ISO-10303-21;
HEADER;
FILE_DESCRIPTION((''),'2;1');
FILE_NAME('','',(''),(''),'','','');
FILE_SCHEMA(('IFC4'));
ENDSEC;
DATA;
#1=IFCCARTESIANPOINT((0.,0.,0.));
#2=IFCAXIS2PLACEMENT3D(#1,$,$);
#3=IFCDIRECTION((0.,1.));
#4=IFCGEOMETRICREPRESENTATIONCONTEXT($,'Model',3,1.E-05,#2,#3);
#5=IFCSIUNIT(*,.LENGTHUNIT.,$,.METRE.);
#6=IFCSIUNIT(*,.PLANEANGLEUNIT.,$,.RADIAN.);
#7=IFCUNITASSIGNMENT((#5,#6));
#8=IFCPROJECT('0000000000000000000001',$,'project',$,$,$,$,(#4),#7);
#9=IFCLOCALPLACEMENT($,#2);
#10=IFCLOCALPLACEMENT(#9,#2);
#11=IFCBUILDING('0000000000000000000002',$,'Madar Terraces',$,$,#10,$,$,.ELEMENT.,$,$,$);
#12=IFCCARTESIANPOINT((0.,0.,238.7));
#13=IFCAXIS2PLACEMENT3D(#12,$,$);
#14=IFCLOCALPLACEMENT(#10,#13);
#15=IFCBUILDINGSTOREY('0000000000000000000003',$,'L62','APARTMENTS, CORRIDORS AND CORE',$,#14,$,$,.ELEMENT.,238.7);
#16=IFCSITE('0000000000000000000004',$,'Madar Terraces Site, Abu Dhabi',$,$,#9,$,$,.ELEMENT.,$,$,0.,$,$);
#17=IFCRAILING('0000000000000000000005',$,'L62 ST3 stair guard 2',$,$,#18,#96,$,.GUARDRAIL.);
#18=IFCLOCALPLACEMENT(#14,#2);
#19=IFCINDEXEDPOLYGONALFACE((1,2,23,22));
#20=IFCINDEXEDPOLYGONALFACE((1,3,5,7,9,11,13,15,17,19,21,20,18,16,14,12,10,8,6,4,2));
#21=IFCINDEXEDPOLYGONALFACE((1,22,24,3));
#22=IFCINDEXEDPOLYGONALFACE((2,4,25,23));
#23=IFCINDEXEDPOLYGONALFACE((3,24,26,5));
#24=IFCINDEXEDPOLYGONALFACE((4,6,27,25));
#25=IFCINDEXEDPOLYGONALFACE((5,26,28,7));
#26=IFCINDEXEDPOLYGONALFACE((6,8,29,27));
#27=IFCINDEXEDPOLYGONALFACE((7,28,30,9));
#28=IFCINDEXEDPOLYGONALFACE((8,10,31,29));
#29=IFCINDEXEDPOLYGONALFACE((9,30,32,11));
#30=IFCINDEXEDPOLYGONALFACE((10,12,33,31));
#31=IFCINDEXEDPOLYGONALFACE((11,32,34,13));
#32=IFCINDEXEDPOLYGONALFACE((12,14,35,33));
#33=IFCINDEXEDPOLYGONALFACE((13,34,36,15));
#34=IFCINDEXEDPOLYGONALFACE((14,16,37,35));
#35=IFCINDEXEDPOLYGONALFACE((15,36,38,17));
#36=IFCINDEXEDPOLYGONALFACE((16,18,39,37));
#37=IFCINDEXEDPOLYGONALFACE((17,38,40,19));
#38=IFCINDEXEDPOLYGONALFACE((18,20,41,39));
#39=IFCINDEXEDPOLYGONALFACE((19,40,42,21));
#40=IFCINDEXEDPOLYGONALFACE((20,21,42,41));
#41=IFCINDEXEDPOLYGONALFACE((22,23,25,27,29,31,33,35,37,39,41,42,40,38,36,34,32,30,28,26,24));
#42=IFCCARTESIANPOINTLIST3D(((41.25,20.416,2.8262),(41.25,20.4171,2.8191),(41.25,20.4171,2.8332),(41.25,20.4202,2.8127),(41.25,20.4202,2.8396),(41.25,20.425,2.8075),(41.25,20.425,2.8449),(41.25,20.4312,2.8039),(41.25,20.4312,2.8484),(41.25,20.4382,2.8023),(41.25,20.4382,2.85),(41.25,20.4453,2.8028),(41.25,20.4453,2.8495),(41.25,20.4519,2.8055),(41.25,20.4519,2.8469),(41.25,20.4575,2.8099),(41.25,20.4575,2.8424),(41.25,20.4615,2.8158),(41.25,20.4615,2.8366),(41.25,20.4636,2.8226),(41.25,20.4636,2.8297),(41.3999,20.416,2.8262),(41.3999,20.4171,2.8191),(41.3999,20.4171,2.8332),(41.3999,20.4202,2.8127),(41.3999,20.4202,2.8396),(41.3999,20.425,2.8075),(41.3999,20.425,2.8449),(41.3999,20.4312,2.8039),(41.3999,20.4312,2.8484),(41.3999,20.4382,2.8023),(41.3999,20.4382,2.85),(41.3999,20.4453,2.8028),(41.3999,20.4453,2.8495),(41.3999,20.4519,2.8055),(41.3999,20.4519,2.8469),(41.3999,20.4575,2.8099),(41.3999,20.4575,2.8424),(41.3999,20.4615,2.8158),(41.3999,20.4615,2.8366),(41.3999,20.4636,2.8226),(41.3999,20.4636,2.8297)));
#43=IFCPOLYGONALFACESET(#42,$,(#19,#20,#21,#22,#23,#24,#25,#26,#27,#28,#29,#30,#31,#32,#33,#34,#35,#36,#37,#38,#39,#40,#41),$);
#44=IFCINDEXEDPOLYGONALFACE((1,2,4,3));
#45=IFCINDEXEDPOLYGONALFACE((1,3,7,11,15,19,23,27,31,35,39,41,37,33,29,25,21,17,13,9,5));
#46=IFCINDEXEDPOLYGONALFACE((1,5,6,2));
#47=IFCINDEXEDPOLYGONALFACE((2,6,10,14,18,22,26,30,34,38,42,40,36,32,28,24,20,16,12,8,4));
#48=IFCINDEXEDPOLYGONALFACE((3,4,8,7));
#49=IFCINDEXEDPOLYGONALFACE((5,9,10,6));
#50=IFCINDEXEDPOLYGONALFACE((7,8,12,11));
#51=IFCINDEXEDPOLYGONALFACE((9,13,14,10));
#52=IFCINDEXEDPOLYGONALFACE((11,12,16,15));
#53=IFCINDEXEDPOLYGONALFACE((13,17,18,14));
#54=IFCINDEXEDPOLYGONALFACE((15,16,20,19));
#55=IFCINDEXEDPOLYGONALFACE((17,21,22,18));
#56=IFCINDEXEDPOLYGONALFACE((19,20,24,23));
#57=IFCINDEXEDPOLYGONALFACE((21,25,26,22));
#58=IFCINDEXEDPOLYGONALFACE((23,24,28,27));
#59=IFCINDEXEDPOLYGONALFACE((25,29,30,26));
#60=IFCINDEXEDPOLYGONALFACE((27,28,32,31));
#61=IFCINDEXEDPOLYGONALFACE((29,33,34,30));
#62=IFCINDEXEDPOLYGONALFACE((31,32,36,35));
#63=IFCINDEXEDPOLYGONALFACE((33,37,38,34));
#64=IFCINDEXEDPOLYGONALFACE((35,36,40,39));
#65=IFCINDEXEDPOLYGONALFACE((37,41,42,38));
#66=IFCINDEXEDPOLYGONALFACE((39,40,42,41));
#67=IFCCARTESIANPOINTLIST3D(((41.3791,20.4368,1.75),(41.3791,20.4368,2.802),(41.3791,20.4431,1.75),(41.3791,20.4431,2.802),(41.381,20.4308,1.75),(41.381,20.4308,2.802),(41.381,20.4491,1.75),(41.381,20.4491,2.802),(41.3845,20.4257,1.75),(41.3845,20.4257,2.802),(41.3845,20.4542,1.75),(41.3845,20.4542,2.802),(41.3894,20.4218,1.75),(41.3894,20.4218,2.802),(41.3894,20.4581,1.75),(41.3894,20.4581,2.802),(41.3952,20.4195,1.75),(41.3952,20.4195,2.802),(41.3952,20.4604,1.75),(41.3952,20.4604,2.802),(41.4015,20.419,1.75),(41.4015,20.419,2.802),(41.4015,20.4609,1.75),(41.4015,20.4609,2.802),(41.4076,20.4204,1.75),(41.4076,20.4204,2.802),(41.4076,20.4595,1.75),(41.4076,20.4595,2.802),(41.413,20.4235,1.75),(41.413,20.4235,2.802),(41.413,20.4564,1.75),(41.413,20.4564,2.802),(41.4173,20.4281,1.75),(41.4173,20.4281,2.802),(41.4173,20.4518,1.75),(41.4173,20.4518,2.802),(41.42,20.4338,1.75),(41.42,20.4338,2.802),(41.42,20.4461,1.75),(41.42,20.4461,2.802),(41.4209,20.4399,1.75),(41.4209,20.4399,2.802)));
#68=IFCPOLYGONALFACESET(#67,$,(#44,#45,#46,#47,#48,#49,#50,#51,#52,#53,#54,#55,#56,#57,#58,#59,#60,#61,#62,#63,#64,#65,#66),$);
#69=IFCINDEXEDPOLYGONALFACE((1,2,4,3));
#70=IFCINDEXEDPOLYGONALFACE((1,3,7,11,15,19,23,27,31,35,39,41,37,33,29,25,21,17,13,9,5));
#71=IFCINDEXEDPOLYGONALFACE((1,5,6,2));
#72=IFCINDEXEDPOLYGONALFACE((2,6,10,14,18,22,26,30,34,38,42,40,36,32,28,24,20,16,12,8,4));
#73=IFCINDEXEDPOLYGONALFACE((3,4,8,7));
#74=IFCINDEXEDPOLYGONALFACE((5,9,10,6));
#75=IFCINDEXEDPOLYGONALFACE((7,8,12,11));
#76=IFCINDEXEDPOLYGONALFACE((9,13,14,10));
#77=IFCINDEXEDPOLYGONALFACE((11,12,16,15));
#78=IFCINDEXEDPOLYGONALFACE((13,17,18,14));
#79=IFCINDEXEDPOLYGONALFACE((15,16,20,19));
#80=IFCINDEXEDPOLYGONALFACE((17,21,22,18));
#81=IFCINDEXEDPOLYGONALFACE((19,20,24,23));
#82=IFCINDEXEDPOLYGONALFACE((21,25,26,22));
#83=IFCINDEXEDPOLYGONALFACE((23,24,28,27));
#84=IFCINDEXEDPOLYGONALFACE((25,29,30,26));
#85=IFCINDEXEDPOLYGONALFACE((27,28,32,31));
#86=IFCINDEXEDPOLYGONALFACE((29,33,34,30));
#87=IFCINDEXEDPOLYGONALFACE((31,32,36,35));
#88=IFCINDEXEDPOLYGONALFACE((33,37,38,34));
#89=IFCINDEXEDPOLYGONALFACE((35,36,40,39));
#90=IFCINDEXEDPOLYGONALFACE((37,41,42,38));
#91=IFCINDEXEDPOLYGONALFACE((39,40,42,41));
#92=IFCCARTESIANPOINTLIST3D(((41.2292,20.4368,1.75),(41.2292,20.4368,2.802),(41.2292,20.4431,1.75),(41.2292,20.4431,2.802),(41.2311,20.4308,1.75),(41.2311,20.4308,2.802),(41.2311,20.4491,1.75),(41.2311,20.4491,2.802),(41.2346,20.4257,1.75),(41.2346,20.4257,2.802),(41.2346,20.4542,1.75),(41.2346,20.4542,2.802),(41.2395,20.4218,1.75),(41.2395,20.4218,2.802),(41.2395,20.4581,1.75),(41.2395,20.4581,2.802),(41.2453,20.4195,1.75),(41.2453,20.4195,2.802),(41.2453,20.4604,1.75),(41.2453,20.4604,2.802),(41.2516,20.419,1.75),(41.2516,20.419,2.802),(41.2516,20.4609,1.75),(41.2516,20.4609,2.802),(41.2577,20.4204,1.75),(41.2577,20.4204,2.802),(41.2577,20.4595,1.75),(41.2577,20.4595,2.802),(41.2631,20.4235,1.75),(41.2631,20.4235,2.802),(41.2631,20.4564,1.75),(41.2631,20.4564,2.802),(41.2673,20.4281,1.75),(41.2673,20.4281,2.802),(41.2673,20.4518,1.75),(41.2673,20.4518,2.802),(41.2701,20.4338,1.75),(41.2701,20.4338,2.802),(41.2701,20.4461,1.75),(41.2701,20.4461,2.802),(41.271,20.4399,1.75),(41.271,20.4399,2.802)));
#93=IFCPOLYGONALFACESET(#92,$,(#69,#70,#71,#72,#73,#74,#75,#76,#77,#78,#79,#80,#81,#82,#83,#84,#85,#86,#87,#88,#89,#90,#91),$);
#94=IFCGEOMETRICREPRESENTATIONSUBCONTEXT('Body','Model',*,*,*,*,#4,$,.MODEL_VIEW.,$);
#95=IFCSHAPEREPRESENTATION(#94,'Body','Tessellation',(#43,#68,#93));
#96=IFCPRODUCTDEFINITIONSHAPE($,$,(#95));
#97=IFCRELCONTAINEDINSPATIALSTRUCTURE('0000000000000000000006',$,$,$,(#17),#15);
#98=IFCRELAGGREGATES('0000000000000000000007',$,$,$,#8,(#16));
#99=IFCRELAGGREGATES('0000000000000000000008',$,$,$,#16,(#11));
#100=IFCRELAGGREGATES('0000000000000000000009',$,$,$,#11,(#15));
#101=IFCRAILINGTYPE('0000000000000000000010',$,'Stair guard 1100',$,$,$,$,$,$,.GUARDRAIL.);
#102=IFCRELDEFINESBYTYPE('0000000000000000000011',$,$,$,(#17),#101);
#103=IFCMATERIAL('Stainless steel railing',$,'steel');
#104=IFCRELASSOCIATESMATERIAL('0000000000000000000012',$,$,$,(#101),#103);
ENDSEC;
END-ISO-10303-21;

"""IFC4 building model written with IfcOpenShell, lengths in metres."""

from ifc_helpers import new_model, si_unit, direction, frame, origin, origin_2d, place, context, subcontext, project, spatial, circle, extrude, material, type_object, element, save


model = new_model("IFC4")

# Units and contexts
model_context = context("Model", 3, precision=1e-05, world=origin(), true_north=direction((0.0, 1.0)))
body_context = subcontext(model_context, "Body", "Model", "MODEL_VIEW")
ifc_project = project(units=[si_unit("LENGTHUNIT", "METRE"), si_unit("PLANEANGLEUNIT", "RADIAN")], contexts=[model_context])

# Site, building, storey
site_placement = place(None, origin())
site = spatial("IfcSite", under=ifc_project, at=site_placement, Name="Madar Terraces Site, Abu Dhabi", CompositionType="ELEMENT", RefElevation=0.0)
building_placement = place(site_placement, origin())
building = spatial("IfcBuilding", under=site, at=building_placement, Name="Madar Terraces", CompositionType="ELEMENT")
storey_placement = place(building_placement, frame((0.0, 0.0, 238.7)))
storey = spatial("IfcBuildingStorey", under=building, at=storey_placement, Name="L62", Description="APARTMENTS, CORRIDORS AND CORE", CompositionType="ELEMENT", Elevation=238.7)

# Railing
ifc_material_1 = material(Name="Stainless steel railing", Category="steel")
railing_type_1 = type_object("IfcRailingType", Name="Stair guard 1100", PredefinedType="GUARDRAIL", material=ifc_material_1)
railing_1_placement = place(storey_placement, frame((41.3999, 20.4399, 1.75)))
element("IfcRailing", 1, at=railing_1_placement, inside=storey, type_object=railing_type_1, Name="L62 ST3 stair guard 2", PredefinedType="GUARDRAIL", context=body_context, shape_type="SweptSolid", body=[
    extrude(circle(Radius=0.0239, at=origin_2d()), frame((0.0, 0.0, 1.0762), z_axis=(-1.0, 0.0, 0.0), x_axis=(0.0, -1.0, 0.0)), (0.0, 0.0, 1.0), 0.1499),
    extrude(circle(Radius=0.021, at=origin_2d()), origin(), (0.0, 0.0, 1.0), 1.052),
    extrude(circle(Radius=0.021, at=origin_2d()), frame((-0.1499, 0.0, 0.0)), (0.0, 0.0, 1.0), 1.052),
])

save(model, "model.ifc")
